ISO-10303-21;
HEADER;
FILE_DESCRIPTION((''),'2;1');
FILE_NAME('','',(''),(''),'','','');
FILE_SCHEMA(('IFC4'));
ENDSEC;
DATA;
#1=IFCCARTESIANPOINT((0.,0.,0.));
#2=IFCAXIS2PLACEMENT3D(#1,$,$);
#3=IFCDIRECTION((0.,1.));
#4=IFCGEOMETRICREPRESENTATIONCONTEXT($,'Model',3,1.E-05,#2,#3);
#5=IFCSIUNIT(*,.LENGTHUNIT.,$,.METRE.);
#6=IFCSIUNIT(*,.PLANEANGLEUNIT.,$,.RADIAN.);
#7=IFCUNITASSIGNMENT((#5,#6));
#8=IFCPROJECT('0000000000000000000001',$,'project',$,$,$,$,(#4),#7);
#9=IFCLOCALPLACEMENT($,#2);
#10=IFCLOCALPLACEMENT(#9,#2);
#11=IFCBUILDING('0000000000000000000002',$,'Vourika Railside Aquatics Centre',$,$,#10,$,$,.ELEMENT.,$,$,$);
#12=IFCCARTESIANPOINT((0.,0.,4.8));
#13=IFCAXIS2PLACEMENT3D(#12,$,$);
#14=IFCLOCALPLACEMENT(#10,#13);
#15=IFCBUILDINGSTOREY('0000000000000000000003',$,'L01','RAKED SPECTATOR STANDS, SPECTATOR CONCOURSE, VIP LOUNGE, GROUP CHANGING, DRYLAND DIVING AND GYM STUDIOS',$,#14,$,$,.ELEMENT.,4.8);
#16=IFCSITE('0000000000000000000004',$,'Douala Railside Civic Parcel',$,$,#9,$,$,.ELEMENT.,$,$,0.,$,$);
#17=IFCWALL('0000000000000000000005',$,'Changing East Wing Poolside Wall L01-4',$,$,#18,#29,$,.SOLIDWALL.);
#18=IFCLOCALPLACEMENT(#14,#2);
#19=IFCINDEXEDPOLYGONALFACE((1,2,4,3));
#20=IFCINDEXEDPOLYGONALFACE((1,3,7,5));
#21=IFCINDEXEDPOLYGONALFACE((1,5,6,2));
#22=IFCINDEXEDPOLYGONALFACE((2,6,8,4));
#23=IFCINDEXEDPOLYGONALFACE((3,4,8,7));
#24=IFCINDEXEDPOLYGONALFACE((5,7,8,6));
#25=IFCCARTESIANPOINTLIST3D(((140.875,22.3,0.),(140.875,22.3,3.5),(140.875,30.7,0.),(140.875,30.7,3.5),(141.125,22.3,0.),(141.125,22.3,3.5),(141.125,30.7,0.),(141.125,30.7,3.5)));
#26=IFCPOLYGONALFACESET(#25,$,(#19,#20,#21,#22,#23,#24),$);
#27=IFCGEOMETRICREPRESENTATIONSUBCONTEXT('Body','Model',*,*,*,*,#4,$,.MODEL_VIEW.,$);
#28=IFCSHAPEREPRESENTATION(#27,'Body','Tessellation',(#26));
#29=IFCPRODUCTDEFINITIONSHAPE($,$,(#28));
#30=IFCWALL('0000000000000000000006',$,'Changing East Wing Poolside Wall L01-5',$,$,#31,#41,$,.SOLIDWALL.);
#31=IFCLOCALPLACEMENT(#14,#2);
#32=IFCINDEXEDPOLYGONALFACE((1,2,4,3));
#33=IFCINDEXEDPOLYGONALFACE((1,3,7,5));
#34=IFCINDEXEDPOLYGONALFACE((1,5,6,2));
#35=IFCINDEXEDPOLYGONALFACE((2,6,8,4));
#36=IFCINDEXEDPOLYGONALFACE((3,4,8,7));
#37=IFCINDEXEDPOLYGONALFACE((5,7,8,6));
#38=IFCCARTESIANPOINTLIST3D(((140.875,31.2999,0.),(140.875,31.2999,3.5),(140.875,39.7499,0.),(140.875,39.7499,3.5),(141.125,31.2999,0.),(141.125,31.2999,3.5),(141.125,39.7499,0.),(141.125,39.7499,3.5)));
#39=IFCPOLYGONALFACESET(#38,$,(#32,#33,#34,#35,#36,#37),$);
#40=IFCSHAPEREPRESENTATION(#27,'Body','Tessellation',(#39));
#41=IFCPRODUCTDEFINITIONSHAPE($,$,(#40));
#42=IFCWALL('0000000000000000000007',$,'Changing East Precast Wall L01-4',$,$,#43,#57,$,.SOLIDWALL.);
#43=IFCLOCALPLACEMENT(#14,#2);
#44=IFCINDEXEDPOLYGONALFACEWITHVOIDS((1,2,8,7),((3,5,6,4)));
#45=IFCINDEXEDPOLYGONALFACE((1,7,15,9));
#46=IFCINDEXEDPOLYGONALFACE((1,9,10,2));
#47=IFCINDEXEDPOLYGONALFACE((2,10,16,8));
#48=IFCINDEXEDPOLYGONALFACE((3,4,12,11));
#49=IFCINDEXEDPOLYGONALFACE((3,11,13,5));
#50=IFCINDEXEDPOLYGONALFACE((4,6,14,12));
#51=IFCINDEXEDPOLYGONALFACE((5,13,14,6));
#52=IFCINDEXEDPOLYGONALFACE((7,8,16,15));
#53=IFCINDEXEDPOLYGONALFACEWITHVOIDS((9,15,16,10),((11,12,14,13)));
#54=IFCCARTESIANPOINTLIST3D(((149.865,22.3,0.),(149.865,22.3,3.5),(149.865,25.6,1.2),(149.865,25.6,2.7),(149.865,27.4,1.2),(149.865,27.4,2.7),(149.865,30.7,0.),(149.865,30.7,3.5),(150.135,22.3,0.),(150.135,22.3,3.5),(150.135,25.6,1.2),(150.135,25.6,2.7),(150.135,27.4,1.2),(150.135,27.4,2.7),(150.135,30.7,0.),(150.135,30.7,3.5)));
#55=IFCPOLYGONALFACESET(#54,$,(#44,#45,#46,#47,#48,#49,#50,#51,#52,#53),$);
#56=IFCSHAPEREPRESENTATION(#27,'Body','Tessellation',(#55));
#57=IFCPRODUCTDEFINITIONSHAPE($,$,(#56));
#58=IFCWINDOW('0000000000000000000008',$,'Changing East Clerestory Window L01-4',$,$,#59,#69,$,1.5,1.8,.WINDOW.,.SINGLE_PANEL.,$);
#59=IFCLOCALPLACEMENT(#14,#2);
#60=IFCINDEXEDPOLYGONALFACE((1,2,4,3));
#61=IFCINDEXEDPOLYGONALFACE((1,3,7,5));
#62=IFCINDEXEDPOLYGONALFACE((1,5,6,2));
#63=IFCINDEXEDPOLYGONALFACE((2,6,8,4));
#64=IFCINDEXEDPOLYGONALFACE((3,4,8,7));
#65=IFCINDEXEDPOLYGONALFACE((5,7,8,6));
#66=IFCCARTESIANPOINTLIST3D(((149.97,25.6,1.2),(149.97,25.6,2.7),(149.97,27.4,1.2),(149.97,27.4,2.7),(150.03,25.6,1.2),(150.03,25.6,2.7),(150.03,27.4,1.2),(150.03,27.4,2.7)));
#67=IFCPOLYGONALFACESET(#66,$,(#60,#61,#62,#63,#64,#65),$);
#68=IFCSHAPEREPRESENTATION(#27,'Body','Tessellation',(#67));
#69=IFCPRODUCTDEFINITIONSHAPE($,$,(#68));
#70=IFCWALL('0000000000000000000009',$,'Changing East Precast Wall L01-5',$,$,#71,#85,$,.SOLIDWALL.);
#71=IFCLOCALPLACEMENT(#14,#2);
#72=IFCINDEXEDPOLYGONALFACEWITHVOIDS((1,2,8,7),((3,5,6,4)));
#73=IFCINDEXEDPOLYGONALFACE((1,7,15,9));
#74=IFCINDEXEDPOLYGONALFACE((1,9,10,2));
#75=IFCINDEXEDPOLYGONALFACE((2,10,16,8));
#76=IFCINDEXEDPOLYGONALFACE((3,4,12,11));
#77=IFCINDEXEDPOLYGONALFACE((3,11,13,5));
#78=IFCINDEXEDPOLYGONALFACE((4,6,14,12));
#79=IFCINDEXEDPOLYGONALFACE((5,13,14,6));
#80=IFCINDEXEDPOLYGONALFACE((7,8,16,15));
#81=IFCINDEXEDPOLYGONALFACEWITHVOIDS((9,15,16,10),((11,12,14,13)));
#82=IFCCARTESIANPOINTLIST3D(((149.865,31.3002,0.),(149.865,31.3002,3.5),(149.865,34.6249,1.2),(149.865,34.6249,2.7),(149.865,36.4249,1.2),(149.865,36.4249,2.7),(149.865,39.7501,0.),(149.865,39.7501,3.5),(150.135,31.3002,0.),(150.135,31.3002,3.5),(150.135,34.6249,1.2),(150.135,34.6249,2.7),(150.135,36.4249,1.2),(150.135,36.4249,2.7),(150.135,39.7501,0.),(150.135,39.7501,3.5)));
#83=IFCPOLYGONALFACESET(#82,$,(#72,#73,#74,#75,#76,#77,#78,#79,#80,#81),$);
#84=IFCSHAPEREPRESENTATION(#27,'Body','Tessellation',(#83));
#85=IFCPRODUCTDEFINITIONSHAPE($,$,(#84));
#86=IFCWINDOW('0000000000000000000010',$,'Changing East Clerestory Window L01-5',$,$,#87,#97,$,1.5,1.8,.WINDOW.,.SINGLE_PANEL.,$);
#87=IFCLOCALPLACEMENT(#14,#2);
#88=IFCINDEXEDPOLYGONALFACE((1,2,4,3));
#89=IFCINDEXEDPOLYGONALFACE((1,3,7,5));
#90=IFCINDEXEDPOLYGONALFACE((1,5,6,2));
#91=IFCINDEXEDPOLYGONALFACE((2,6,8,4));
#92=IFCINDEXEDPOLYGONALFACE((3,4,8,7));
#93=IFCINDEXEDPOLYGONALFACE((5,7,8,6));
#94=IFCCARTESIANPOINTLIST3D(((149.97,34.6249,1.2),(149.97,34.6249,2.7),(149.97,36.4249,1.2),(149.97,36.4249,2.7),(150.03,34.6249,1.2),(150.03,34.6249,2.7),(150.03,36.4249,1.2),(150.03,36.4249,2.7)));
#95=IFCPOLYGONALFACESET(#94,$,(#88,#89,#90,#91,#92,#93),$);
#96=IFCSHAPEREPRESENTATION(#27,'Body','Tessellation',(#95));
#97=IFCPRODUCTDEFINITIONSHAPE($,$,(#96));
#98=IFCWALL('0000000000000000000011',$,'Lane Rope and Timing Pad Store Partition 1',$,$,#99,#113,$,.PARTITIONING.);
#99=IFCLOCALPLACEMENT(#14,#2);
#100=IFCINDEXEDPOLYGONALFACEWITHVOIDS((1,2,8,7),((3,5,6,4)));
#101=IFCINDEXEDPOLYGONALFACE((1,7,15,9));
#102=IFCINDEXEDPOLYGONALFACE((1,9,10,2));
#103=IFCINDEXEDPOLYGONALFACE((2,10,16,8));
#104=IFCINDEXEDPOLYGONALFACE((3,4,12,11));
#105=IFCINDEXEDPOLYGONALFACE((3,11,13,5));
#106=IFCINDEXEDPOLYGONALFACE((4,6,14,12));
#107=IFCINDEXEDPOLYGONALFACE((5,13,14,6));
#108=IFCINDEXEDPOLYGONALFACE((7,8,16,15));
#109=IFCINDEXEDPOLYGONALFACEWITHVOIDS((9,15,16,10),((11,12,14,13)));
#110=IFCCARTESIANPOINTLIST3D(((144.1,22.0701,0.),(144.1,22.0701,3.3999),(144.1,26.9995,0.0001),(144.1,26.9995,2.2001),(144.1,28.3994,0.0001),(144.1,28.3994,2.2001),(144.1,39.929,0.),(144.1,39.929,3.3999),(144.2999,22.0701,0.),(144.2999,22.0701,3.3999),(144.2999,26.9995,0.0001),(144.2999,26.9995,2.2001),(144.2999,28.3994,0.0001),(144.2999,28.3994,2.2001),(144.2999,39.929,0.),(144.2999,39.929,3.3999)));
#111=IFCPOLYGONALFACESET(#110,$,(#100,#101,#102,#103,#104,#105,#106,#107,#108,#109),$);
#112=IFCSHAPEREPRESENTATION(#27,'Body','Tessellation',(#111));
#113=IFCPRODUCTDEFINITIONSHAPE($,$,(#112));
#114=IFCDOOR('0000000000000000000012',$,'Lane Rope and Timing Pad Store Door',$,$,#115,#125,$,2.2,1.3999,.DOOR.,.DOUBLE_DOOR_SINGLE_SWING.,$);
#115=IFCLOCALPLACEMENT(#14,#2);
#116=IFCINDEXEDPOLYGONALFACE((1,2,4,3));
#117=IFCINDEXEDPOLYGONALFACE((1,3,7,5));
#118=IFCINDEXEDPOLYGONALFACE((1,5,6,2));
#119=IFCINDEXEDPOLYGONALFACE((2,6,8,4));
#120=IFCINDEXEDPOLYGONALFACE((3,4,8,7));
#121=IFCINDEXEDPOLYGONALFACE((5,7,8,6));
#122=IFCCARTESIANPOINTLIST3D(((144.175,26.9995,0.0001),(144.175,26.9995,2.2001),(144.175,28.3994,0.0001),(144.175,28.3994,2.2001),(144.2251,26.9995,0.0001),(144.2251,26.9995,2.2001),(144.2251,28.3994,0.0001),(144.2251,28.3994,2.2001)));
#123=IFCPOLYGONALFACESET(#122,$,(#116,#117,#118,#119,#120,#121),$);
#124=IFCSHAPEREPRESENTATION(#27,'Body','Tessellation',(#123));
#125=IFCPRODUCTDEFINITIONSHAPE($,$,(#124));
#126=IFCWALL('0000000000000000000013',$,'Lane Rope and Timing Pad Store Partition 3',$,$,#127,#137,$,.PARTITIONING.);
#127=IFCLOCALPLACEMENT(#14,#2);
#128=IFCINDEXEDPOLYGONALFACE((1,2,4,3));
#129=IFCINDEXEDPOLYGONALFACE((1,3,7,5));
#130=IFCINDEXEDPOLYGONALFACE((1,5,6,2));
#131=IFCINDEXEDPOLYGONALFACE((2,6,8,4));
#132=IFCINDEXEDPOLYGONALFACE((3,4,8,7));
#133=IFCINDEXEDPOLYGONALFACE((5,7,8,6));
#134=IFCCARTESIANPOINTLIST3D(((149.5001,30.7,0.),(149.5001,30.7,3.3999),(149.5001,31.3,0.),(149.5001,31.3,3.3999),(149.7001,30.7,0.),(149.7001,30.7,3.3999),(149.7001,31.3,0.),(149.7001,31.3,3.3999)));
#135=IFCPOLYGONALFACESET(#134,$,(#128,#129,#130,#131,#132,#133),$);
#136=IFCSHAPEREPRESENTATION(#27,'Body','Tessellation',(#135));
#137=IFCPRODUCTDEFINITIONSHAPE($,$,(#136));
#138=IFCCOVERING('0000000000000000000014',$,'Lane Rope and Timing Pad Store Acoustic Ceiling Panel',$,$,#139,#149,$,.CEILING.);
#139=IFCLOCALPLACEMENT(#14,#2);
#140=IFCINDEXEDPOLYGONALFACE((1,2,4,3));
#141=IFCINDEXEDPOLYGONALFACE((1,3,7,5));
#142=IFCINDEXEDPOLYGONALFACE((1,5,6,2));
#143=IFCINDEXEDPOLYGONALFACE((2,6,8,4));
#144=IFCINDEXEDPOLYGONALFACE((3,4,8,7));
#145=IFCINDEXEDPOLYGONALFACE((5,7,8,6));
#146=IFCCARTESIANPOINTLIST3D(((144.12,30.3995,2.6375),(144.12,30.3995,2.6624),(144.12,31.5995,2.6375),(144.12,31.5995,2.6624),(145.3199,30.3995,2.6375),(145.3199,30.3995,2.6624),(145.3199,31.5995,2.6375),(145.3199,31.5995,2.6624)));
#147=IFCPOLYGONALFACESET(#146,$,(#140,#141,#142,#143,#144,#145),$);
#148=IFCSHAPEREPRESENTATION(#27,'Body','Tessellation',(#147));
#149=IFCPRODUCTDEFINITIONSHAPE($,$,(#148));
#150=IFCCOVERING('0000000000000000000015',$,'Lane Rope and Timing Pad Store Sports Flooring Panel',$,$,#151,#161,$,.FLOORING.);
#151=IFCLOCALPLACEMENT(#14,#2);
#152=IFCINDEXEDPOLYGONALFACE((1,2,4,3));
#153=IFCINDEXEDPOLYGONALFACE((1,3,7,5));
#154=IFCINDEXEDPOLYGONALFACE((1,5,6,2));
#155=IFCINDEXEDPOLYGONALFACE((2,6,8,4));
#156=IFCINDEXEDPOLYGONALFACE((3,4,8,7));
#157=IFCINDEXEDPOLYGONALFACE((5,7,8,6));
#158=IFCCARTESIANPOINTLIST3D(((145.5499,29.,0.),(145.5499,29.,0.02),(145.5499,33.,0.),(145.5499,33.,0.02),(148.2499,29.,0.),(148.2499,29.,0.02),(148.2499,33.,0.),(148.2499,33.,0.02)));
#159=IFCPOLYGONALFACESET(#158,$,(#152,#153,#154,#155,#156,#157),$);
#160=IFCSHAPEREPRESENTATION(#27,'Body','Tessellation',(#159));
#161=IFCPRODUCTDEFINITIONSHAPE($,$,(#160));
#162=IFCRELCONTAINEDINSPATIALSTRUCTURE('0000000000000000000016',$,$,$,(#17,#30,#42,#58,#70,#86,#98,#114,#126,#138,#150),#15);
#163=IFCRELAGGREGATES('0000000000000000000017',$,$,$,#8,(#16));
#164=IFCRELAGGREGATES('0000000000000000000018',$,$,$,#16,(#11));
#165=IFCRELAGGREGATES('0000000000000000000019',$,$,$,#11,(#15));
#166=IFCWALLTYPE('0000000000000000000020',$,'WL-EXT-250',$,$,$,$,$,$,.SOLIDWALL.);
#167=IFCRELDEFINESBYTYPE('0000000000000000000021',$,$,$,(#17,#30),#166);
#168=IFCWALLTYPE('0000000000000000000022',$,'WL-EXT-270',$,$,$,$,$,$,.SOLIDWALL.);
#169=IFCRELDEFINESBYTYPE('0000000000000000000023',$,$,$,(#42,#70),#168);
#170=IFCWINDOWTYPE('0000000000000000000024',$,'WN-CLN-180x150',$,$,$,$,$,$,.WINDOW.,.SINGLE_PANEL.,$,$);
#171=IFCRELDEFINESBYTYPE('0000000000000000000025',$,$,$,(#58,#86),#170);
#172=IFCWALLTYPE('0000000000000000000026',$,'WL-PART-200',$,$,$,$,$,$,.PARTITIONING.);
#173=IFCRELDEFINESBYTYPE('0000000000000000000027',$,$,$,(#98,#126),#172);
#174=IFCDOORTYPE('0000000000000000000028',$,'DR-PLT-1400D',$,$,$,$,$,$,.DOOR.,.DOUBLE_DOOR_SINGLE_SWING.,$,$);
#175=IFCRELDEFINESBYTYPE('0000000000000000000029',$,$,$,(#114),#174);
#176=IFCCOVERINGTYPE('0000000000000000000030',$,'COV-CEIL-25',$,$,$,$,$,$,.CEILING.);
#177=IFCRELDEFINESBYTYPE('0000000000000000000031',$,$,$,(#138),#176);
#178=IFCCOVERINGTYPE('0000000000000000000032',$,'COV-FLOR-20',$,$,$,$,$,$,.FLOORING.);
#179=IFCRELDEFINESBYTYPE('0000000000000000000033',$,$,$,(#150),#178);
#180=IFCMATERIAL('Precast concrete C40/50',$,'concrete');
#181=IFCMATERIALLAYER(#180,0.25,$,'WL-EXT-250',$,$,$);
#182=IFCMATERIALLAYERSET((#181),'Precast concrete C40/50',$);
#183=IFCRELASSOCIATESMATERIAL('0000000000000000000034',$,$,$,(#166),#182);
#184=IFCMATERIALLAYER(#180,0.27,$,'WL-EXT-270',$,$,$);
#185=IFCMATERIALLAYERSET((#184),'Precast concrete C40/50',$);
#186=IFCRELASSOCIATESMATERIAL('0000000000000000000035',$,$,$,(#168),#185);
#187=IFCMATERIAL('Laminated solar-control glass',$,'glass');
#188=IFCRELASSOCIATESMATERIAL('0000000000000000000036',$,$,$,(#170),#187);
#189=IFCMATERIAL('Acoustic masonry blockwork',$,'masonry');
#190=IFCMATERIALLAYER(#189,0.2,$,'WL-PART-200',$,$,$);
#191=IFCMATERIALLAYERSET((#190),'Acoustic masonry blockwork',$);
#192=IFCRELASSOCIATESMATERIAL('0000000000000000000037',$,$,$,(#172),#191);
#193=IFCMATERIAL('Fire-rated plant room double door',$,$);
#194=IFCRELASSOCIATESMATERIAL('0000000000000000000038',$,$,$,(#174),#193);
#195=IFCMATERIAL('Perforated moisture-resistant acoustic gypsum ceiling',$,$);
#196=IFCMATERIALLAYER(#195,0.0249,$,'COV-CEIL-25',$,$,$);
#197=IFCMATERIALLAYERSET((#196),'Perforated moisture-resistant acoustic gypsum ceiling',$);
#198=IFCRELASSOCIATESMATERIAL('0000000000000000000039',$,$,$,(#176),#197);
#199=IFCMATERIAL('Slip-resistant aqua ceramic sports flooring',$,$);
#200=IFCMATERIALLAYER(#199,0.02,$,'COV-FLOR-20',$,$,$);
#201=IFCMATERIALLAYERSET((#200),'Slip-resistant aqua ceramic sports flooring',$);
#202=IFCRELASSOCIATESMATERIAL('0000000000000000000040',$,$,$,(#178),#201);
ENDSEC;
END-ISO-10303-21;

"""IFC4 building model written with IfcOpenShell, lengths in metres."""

from ifc_helpers import new_model, si_unit, direction, frame, frame_2d, origin, origin_2d, place, context, subcontext, project, spatial, rectangle, extrude, material, layer, layer_set, type_object, element, fill, save


model = new_model("IFC4")

# Units and contexts
model_context = context("Model", 3, precision=1e-05, world=origin(), true_north=direction((0.0, 1.0)))
body_context = subcontext(model_context, "Body", "Model", "MODEL_VIEW")
ifc_project = project(units=[si_unit("LENGTHUNIT", "METRE"), si_unit("PLANEANGLEUNIT", "RADIAN")], contexts=[model_context])

# Site, building, storey
site_placement = place(None, origin())
site = spatial("IfcSite", under=ifc_project, at=site_placement, Name="Douala Railside Civic Parcel", CompositionType="ELEMENT", RefElevation=0.0)
building_placement = place(site_placement, origin())
building = spatial("IfcBuilding", under=site, at=building_placement, Name="Vourika Railside Aquatics Centre", CompositionType="ELEMENT")
storey_placement = place(building_placement, frame((0.0, 0.0, 4.8)))
storey = spatial("IfcBuildingStorey", under=building, at=storey_placement, Name="L01", Description="RAKED SPECTATOR STANDS, SPECTATOR CONCOURSE, VIP LOUNGE, GROUP CHANGING, DRYLAND DIVING AND GYM STUDIOS", CompositionType="ELEMENT", Elevation=4.8)

# Walls
ifc_material_1 = material(Name="Precast concrete C40/50", Category="concrete")
ifc_layer_1 = layer(ifc_material_1, 0.25, Name="WL-EXT-250")
ifc_layer_set_1 = layer_set([ifc_layer_1], Name="Precast concrete C40/50")
wall_type_1 = type_object("IfcWallType", Name="WL-EXT-250", PredefinedType="SOLIDWALL", material=ifc_layer_set_1)
wall_1_placement = place(storey_placement, frame((141.0, 30.7, 0.0), z_axis=(0.0, 0.0, 1.0), x_axis=(0.0, -1.0, 0.0)))
element("IfcWall", 1, at=wall_1_placement, inside=storey, type_object=wall_type_1, Name="Changing East Wing Poolside Wall L01-4", PredefinedType="SOLIDWALL", context=body_context, shape_type="SweptSolid", body=[
    extrude(rectangle(XDim=8.3999, YDim=0.25, at=frame_2d((4.2, 0.0))), origin(), (0.0, 0.0, 1.0), 3.5),
])
wall_2_placement = place(storey_placement, frame((141.0, 39.75, 0.0), z_axis=(0.0, 0.0, 1.0), x_axis=(0.0, -1.0, 0.0)))
element("IfcWall", 2, at=wall_2_placement, inside=storey, type_object=wall_type_1, Name="Changing East Wing Poolside Wall L01-5", PredefinedType="SOLIDWALL", context=body_context, shape_type="SweptSolid", body=[
    extrude(rectangle(XDim=8.45, YDim=0.25, at=frame_2d((4.2251, 0.0))), origin(), (0.0, 0.0, 1.0), 3.5),
])

# Walls, openings, windows
ifc_layer_2 = layer(ifc_material_1, 0.27, Name="WL-EXT-270")
ifc_layer_set_2 = layer_set([ifc_layer_2], Name="Precast concrete C40/50")
wall_type_2 = type_object("IfcWallType", Name="WL-EXT-270", PredefinedType="SOLIDWALL", material=ifc_layer_set_2)
wall_3_placement = place(storey_placement, frame((150.0, 22.3, 0.0), z_axis=(0.0, 0.0, 1.0), x_axis=(0.0, 1.0, 0.0)))
wall_3 = element("IfcWall", 3, at=wall_3_placement, inside=storey, type_object=wall_type_2, Name="Changing East Precast Wall L01-4", PredefinedType="SOLIDWALL", context=body_context, shape_type="SweptSolid", body=[
    extrude(rectangle(XDim=8.3999, YDim=0.27, at=frame_2d((4.2, 0.0))), origin(), (0.0, 0.0, 1.0), 3.5),
])
opening_1_placement = place(wall_3_placement, frame((3.3, 0.0, 1.2)))
opening_1 = element("IfcOpeningElement", 4, at=opening_1_placement, cuts=wall_3, PredefinedType="OPENING", context=body_context, shape_type="SweptSolid", body=[
    extrude(rectangle(XDim=1.8, YDim=1.5, at=frame_2d((0.8999, 0.75))), frame((0.0, 0.145, 0.0), z_axis=(0.0, -1.0, 0.0), x_axis=(1.0, 0.0, 0.0)), (0.0, 0.0, 1.0), 0.29),
])
ifc_material_2 = material(Name="Laminated solar-control glass", Category="glass")
window_type = type_object("IfcWindowType", Name="WN-CLN-180x150", PartitioningType="SINGLE_PANEL", PredefinedType="WINDOW", material=ifc_material_2)
window_1_placement = place(opening_1_placement, origin())
window_1 = element("IfcWindow", 5, at=window_1_placement, inside=storey, type_object=window_type, Name="Changing East Clerestory Window L01-4", OverallHeight=1.5, OverallWidth=1.8, PartitioningType="SINGLE_PANEL", PredefinedType="WINDOW", context=body_context, shape_type="SweptSolid", body=[
    extrude(rectangle(XDim=1.8, YDim=1.5, at=frame_2d((0.8999, 0.75))), frame((0.0, 0.03, 0.0), z_axis=(0.0, -1.0, 0.0), x_axis=(1.0, 0.0, 0.0)), (0.0, 0.0, 1.0), 0.0601),
])
fill(opening_1, window_1)
wall_4_placement = place(storey_placement, frame((150.0, 31.3, 0.0), z_axis=(0.0, 0.0, 1.0), x_axis=(0.0, 1.0, 0.0)))
wall_4 = element("IfcWall", 6, at=wall_4_placement, inside=storey, type_object=wall_type_2, Name="Changing East Precast Wall L01-5", PredefinedType="SOLIDWALL", context=body_context, shape_type="SweptSolid", body=[
    extrude(rectangle(XDim=8.45, YDim=0.27, at=frame_2d((4.2251, 0.0))), origin(), (0.0, 0.0, 1.0), 3.5),
])
opening_2_placement = place(wall_4_placement, frame((3.325, 0.0, 1.2)))
opening_2 = element("IfcOpeningElement", 7, at=opening_2_placement, cuts=wall_4, PredefinedType="OPENING", context=body_context, shape_type="SweptSolid", body=[
    extrude(rectangle(XDim=1.8, YDim=1.5, at=frame_2d((0.8999, 0.75))), frame((0.0, 0.145, 0.0), z_axis=(0.0, -1.0, 0.0), x_axis=(1.0, 0.0, 0.0)), (0.0, 0.0, 1.0), 0.29),
])
window_2_placement = place(opening_2_placement, origin())
window_2 = element("IfcWindow", 8, at=window_2_placement, inside=storey, type_object=window_type, Name="Changing East Clerestory Window L01-5", OverallHeight=1.5, OverallWidth=1.8, PartitioningType="SINGLE_PANEL", PredefinedType="WINDOW", context=body_context, shape_type="SweptSolid", body=[
    extrude(rectangle(XDim=1.8, YDim=1.5, at=frame_2d((0.8999, 0.75))), frame((0.0, 0.03, 0.0), z_axis=(0.0, -1.0, 0.0), x_axis=(1.0, 0.0, 0.0)), (0.0, 0.0, 1.0), 0.0601),
])
fill(opening_2, window_2)

# Wall, opening, door
ifc_material_3 = material(Name="Acoustic masonry blockwork", Category="masonry")
ifc_layer_3 = layer(ifc_material_3, 0.2, Name="WL-PART-200")
ifc_layer_set_3 = layer_set([ifc_layer_3], Name="Acoustic masonry blockwork")
wall_type_3 = type_object("IfcWallType", Name="WL-PART-200", PredefinedType="PARTITIONING", material=ifc_layer_set_3)
wall_5_placement = place(storey_placement, frame((144.2, 22.0701, 0.0), z_axis=(0.0, 0.0, 1.0), x_axis=(0.0, 1.0, 0.0)))
wall_5 = element("IfcWall", 9, at=wall_5_placement, inside=storey, type_object=wall_type_3, Name="Lane Rope and Timing Pad Store Partition 1", PredefinedType="PARTITIONING", context=body_context, shape_type="SweptSolid", body=[
    extrude(rectangle(XDim=17.8589, YDim=0.2, at=frame_2d((8.9294, 0.0))), origin(), (0.0, 0.0, 1.0), 3.3999),
])
opening_3_placement = place(wall_5_placement, frame((4.9294, 0.0, 0.0)))
opening_3 = element("IfcOpeningElement", 10, at=opening_3_placement, cuts=wall_5, PredefinedType="OPENING", context=body_context, shape_type="SweptSolid", body=[
    extrude(rectangle(XDim=1.3999, YDim=2.2, at=frame_2d((0.7, 1.1001))), frame((0.0, 0.1099, 0.0), z_axis=(0.0, -1.0, 0.0), x_axis=(1.0, 0.0, 0.0)), (0.0, 0.0, 1.0), 0.22),
])
ifc_material_4 = material(Name="Fire-rated plant room double door")
door_type = type_object("IfcDoorType", Name="DR-PLT-1400D", OperationType="DOUBLE_DOOR_SINGLE_SWING", PredefinedType="DOOR", material=ifc_material_4)
door_placement = place(opening_3_placement, origin())
door = element("IfcDoor", 11, at=door_placement, inside=storey, type_object=door_type, Name="Lane Rope and Timing Pad Store Door", OperationType="DOUBLE_DOOR_SINGLE_SWING", OverallHeight=2.2, OverallWidth=1.3999, PredefinedType="DOOR", context=body_context, shape_type="SweptSolid", body=[
    extrude(rectangle(XDim=1.3999, YDim=2.2, at=frame_2d((0.7, 1.1001))), frame((0.0, 0.0249, 0.0), z_axis=(0.0, -1.0, 0.0), x_axis=(1.0, 0.0, 0.0)), (0.0, 0.0, 1.0), 0.05),
])
fill(opening_3, door)

# Wall
wall_6_placement = place(storey_placement, frame((149.6001, 31.3, 0.0), z_axis=(0.0, 0.0, 1.0), x_axis=(0.0, -1.0, 0.0)))
element("IfcWall", 12, at=wall_6_placement, inside=storey, type_object=wall_type_3, Name="Lane Rope and Timing Pad Store Partition 3", PredefinedType="PARTITIONING", context=body_context, shape_type="SweptSolid", body=[
    extrude(rectangle(XDim=0.6001, YDim=0.2, at=frame_2d((0.3, 0.0))), origin(), (0.0, 0.0, 1.0), 3.3999),
])

# Coverings
ifc_material_5 = material(Name="Perforated moisture-resistant acoustic gypsum ceiling")
ifc_layer_4 = layer(ifc_material_5, 0.0249, Name="COV-CEIL-25")
ifc_layer_set_4 = layer_set([ifc_layer_4], Name="Perforated moisture-resistant acoustic gypsum ceiling")
covering_type_1 = type_object("IfcCoveringType", Name="COV-CEIL-25", PredefinedType="CEILING", material=ifc_layer_set_4)
covering_1_placement = place(storey_placement, frame((144.72, 30.9995, 2.6375), z_axis=(0.0, 0.0, 1.0), x_axis=(1.0, 0.0, 0.0)))
element("IfcCovering", 13, at=covering_1_placement, inside=storey, type_object=covering_type_1, Name="Lane Rope and Timing Pad Store Acoustic Ceiling Panel", PredefinedType="CEILING", context=body_context, shape_type="SweptSolid", body=[
    extrude(rectangle(XDim=1.2, YDim=1.2, at=origin_2d()), origin(), (0.0, 0.0, 1.0), 0.0249),
])
ifc_material_6 = material(Name="Slip-resistant aqua ceramic sports flooring")
ifc_layer_5 = layer(ifc_material_6, 0.02, Name="COV-FLOR-20")
ifc_layer_set_5 = layer_set([ifc_layer_5], Name="Slip-resistant aqua ceramic sports flooring")
covering_type_2 = type_object("IfcCoveringType", Name="COV-FLOR-20", PredefinedType="FLOORING", material=ifc_layer_set_5)
covering_2_placement = place(storey_placement, frame((146.8999, 31.0, 0.0), z_axis=(0.0, 0.0, 1.0), x_axis=(1.0, 0.0, 0.0)))
element("IfcCovering", 14, at=covering_2_placement, inside=storey, type_object=covering_type_2, Name="Lane Rope and Timing Pad Store Sports Flooring Panel", PredefinedType="FLOORING", context=body_context, shape_type="SweptSolid", body=[
    extrude(rectangle(XDim=2.7, YDim=4.0, at=origin_2d()), origin(), (0.0, 0.0, 1.0), 0.02),
])

save(model, "model.ifc")
